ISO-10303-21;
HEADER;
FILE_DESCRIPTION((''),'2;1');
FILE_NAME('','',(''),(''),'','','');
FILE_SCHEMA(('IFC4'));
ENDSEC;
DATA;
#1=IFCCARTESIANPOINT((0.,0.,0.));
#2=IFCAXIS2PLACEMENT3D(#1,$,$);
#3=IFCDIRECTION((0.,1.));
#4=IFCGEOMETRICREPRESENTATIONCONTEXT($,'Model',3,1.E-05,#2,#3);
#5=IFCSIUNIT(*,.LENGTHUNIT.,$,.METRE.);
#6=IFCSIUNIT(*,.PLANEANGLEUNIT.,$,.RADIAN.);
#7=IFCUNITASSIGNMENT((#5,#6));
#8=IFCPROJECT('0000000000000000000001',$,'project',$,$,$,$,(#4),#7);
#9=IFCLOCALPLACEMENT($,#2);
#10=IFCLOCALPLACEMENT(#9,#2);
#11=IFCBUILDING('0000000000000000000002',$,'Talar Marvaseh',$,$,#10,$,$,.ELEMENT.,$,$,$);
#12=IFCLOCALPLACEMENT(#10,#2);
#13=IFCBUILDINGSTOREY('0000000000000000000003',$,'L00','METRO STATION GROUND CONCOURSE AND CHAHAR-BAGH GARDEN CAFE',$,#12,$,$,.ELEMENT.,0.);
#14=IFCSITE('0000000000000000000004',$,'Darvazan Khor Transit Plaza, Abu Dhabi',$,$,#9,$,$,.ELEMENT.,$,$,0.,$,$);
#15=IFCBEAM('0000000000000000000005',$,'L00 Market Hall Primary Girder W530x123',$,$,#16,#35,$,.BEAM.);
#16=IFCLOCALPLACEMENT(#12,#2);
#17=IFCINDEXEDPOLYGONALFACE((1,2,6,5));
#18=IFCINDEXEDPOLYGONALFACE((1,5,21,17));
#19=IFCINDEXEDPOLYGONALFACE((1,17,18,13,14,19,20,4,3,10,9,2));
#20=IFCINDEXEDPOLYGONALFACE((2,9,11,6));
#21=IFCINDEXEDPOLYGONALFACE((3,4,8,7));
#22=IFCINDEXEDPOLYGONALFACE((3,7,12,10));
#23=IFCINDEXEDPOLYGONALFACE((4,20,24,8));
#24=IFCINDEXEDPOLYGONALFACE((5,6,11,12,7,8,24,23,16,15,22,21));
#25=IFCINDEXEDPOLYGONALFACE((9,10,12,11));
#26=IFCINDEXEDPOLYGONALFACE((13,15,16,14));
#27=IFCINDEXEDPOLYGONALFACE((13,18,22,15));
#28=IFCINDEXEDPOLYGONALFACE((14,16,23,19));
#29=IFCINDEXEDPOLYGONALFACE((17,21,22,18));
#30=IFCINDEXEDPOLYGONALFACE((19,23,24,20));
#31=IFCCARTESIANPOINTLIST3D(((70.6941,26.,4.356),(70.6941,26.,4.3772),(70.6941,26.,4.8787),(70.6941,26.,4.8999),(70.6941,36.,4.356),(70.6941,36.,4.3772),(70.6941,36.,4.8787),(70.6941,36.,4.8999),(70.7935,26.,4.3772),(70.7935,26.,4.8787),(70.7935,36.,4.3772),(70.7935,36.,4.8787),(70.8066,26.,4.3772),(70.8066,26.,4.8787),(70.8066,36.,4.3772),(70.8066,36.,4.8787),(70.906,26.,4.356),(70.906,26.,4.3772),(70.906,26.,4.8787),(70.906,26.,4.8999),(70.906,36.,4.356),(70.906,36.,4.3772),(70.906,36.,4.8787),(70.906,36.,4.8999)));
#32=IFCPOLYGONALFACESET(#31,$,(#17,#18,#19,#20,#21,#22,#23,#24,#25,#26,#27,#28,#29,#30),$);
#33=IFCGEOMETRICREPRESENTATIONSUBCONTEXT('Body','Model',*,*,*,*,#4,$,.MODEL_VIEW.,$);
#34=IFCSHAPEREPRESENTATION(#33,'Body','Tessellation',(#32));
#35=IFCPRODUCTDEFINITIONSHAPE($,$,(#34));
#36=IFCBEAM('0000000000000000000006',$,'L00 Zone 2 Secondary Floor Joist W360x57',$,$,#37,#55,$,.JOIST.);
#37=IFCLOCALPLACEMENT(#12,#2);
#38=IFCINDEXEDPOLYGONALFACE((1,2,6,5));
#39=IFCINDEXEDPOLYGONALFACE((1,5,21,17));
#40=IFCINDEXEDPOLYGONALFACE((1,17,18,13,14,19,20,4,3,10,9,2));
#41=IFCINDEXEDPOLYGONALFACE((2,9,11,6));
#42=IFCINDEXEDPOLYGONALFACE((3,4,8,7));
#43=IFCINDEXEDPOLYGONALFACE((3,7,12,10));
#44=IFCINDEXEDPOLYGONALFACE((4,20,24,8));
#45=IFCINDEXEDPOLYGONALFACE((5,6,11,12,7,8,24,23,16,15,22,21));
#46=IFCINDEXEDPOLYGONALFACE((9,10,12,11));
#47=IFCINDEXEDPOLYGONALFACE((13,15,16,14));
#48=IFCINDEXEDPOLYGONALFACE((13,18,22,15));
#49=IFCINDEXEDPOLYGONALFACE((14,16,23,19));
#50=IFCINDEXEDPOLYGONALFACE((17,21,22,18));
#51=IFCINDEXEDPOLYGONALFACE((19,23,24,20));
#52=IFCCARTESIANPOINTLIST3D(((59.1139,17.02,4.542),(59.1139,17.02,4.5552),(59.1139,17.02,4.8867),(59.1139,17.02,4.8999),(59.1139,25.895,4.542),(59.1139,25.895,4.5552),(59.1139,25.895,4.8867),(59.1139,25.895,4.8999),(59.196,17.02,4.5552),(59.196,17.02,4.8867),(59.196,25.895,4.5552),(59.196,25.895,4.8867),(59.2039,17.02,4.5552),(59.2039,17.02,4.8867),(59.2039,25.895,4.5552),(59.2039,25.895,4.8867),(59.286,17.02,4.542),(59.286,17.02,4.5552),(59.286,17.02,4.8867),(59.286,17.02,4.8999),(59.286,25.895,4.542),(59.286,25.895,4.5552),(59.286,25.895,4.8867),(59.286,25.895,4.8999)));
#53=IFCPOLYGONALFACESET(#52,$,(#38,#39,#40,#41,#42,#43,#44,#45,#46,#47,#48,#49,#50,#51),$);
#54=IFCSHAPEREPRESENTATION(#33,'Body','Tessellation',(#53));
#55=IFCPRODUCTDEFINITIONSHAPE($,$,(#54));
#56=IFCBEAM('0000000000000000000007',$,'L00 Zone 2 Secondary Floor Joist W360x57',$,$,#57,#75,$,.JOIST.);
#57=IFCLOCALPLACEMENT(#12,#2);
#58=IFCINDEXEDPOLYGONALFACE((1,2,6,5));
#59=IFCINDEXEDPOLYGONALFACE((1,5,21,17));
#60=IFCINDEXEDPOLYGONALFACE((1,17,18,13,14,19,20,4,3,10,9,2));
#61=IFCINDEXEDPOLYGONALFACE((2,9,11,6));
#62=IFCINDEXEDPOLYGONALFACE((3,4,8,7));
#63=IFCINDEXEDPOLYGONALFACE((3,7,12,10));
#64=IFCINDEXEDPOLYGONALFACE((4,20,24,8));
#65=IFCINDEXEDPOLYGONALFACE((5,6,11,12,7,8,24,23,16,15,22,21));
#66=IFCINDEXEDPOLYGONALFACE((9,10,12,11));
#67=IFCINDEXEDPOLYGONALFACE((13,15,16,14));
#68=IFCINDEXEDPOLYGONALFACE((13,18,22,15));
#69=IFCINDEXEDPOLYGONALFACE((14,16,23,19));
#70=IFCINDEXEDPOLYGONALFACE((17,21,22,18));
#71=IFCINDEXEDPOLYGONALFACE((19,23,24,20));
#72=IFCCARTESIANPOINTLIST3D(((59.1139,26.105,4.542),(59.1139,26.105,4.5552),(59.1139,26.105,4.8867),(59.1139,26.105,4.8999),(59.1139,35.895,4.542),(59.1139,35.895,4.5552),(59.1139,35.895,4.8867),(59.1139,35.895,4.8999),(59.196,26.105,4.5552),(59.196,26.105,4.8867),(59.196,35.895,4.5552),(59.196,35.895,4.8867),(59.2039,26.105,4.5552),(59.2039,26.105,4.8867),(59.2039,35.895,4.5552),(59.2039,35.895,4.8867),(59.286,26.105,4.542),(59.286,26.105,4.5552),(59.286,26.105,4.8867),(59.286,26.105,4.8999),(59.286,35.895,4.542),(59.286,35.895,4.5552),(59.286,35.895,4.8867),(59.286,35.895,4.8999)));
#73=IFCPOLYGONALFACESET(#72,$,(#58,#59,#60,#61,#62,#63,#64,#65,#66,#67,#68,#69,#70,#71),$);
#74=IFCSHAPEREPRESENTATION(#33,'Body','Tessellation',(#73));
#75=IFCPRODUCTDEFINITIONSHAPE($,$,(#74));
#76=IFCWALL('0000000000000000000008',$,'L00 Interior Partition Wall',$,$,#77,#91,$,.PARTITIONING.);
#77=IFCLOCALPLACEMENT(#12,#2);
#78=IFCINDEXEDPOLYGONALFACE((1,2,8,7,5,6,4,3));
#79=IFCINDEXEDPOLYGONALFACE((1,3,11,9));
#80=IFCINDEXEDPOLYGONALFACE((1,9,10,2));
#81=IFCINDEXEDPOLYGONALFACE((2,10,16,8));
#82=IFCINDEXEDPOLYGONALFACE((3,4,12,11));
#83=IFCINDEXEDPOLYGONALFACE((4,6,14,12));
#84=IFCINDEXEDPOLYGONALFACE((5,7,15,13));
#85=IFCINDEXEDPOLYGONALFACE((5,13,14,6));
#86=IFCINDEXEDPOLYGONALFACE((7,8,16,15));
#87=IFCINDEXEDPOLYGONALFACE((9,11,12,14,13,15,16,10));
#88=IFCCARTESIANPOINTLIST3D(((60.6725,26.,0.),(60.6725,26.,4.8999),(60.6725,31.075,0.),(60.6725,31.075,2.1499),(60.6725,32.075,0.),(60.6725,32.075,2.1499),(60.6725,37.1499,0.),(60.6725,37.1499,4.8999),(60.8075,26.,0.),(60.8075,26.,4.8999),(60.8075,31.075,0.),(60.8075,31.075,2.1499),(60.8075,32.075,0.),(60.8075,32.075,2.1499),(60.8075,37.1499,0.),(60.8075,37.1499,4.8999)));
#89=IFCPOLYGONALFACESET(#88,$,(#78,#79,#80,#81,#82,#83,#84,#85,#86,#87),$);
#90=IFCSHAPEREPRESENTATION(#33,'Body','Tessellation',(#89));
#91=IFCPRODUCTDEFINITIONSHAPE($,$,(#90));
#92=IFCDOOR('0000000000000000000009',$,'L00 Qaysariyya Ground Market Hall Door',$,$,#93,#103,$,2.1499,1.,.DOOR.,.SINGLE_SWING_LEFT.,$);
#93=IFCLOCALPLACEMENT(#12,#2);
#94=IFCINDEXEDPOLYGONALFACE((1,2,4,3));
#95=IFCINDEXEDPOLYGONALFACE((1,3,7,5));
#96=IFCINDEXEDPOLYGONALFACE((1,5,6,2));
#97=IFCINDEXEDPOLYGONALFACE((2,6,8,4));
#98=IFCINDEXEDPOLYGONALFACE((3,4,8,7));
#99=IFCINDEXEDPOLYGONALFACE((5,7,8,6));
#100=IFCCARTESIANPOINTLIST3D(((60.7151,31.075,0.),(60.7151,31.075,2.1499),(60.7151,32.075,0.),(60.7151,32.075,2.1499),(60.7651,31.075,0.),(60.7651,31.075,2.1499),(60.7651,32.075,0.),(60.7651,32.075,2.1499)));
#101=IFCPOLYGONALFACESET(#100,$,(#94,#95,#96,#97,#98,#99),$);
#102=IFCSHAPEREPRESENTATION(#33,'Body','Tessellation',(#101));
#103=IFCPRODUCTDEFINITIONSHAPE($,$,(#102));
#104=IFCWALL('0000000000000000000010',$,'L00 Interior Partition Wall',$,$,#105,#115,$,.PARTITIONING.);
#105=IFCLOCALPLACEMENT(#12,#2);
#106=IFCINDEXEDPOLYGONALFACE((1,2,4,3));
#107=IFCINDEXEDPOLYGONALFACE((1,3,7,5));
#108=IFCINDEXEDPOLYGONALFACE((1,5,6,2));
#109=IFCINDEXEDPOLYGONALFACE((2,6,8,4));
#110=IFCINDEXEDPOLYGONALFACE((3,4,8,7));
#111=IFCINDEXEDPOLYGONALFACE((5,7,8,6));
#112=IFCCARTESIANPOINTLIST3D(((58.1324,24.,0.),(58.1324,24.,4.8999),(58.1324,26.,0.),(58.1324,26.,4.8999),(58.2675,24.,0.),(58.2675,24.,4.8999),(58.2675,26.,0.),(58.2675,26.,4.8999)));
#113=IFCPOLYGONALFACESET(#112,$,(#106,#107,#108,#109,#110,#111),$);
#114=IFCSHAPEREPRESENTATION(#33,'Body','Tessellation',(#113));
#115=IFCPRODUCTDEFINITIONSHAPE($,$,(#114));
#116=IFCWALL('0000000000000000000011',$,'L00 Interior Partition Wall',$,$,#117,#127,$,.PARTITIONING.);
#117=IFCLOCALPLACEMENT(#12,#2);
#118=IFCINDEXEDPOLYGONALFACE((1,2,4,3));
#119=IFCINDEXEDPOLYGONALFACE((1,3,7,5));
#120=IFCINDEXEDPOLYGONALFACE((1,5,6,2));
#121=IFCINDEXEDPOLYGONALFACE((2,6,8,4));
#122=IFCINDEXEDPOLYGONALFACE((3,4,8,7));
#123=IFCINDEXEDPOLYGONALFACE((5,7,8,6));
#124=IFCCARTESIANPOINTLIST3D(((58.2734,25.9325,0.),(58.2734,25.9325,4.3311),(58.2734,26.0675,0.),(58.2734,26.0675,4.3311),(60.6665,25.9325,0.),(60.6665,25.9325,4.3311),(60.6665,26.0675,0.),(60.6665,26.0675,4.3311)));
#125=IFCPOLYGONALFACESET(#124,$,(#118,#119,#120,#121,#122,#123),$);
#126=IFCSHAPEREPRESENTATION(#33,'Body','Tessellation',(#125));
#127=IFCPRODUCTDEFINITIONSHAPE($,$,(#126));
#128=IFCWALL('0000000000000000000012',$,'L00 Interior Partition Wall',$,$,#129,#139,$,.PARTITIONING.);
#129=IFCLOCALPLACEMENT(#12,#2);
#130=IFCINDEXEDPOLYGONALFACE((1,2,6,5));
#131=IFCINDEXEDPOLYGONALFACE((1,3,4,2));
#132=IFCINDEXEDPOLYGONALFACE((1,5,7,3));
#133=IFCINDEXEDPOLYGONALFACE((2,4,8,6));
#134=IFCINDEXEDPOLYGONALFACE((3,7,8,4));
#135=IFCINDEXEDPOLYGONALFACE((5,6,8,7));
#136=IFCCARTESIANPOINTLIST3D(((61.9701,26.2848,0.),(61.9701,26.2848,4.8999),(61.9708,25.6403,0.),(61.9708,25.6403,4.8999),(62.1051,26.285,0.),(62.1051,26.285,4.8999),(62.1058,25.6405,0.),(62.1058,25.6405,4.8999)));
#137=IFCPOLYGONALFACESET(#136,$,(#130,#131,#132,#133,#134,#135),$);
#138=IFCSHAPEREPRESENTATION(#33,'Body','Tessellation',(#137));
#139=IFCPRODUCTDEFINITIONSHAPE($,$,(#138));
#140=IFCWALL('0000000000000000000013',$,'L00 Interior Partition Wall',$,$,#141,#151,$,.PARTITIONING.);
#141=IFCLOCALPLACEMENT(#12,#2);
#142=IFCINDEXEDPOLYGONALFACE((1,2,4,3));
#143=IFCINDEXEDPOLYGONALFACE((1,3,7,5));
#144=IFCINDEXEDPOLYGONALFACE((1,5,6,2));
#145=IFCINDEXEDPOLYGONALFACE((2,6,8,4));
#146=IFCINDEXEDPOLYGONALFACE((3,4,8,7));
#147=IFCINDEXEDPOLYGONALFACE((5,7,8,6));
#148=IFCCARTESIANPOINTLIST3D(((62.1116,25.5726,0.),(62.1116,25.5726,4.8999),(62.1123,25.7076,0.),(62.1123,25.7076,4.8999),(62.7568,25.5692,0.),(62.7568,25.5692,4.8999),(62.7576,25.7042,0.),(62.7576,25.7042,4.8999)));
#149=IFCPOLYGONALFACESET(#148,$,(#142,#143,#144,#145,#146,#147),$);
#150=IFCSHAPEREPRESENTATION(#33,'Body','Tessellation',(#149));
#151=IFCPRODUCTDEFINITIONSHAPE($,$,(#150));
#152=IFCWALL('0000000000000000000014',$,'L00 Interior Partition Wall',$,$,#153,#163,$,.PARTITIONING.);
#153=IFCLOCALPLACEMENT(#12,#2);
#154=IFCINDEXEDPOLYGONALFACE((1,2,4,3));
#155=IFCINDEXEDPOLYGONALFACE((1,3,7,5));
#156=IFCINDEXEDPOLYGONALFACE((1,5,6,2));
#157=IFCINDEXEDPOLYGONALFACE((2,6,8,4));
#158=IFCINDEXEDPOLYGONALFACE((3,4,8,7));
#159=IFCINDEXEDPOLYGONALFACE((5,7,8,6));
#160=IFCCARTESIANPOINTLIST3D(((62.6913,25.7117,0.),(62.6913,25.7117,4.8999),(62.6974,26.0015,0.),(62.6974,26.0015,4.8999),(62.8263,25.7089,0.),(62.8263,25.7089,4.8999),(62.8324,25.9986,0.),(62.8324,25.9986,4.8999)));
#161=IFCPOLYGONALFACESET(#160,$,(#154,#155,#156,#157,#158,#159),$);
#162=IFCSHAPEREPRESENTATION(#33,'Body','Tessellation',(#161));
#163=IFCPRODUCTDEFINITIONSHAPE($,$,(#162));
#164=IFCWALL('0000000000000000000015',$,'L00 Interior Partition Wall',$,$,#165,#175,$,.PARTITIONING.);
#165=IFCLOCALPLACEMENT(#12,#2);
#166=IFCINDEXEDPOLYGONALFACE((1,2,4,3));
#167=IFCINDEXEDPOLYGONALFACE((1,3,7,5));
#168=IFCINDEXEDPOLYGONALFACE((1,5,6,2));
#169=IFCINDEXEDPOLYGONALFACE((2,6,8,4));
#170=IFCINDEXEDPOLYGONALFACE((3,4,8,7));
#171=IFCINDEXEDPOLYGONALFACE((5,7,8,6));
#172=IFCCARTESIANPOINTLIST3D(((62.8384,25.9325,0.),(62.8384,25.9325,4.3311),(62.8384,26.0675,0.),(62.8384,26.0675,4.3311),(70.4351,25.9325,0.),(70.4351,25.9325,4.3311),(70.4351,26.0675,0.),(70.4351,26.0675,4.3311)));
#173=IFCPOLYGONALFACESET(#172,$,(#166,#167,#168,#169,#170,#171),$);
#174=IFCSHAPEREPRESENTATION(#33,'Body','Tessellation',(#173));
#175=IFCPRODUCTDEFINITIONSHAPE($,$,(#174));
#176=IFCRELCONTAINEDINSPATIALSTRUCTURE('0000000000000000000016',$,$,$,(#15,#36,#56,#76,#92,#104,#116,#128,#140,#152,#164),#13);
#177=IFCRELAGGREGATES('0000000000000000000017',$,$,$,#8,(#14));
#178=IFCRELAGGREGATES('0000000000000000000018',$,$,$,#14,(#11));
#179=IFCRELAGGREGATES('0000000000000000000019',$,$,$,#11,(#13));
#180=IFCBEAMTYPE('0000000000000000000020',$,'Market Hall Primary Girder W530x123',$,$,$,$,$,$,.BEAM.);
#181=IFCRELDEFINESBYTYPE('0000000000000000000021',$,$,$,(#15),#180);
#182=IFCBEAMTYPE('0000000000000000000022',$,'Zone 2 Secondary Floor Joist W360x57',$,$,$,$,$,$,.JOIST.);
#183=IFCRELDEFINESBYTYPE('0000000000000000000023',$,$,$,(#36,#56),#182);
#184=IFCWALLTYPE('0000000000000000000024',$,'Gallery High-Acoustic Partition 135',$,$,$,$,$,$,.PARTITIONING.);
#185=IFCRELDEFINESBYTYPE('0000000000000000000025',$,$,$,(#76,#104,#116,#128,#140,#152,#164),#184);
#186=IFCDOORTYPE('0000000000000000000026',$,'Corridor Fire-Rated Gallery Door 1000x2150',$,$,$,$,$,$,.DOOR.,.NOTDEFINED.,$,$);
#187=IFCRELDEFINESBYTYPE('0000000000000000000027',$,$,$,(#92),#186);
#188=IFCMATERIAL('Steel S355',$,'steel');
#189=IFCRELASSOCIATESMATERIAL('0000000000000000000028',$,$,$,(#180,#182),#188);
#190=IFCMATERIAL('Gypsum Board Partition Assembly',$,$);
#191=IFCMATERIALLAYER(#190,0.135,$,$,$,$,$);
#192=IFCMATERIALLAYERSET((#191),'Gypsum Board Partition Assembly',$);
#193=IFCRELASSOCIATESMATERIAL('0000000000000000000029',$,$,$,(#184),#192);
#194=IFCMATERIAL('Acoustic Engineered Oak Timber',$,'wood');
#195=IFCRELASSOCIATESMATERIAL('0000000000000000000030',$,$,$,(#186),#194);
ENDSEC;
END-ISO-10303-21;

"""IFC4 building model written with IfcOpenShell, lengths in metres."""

from ifc_helpers import new_model, si_unit, direction, frame, frame_2d, origin, origin_2d, place, context, subcontext, project, spatial, rectangle, i_section, extrude, source, transform, mapped, material, layer, layer_set, material_profile, profile_set, type_object, type_shapes, element, fill, save


model = new_model("IFC4")

# Units and contexts
model_context = context("Model", 3, precision=1e-05, world=origin(), true_north=direction((0.0, 1.0)))
body_context = subcontext(model_context, "Body", "Model", "MODEL_VIEW")
ifc_project = project(units=[si_unit("LENGTHUNIT", "METRE"), si_unit("PLANEANGLEUNIT", "RADIAN")], contexts=[model_context])

# Site, building, storey
site_placement = place(None, origin())
site = spatial("IfcSite", under=ifc_project, at=site_placement, Name="Darvazan Khor Transit Plaza, Abu Dhabi", CompositionType="ELEMENT", RefElevation=0.0)
building_placement = place(site_placement, origin())
building = spatial("IfcBuilding", under=site, at=building_placement, Name="Talar Marvaseh", CompositionType="ELEMENT")
storey_placement = place(building_placement, origin())
storey = spatial("IfcBuildingStorey", under=building, at=storey_placement, Name="L00", Description="METRO STATION GROUND CONCOURSE AND CHAHAR-BAGH GARDEN CAFE", CompositionType="ELEMENT", Elevation=0.0)

# Beams
ifc_material_1 = material(Name="Steel S355", Category="steel")
ifc_material_profile_1 = material_profile(ifc_material_1, i_section(OverallWidth=0.2119, OverallDepth=0.5439, WebThickness=0.0132, FlangeThickness=0.0212, at=origin_2d()), Name="W530x123")
ifc_profile_set_1 = profile_set([ifc_material_profile_1], Name="Steel S355")
beam_type_1 = type_object("IfcBeamType", Name="Market Hall Primary Girder W530x123", PredefinedType="BEAM", material=ifc_profile_set_1)
beam_1_placement = place(storey_placement, frame((70.8, 26.0, 4.6279), z_axis=(0.0, 1.0, 0.0), x_axis=(-1.0, 0.0, 0.0)))
element("IfcBeam", 1, at=beam_1_placement, inside=storey, type_object=beam_type_1, Name="L00 Market Hall Primary Girder W530x123", PredefinedType="BEAM", context=body_context, shape_type="SweptSolid", body=[
    extrude(i_section(OverallWidth=0.2119, OverallDepth=0.5439, WebThickness=0.0132, FlangeThickness=0.0212, at=origin_2d()), origin(), (0.0, 0.0, 1.0), 10.0),
])
ifc_material_profile_2 = material_profile(ifc_material_1, i_section(OverallWidth=0.1721, OverallDepth=0.3579, WebThickness=0.0078, FlangeThickness=0.0132, at=origin_2d()), Name="W360x57")
ifc_profile_set_2 = profile_set([ifc_material_profile_2], Name="Steel S355")
beam_type_2 = type_object("IfcBeamType", Name="Zone 2 Secondary Floor Joist W360x57", PredefinedType="JOIST", material=ifc_profile_set_2)
beam_2_placement = place(storey_placement, frame((59.2, 17.02, 4.7209), z_axis=(0.0, 1.0, 0.0), x_axis=(-1.0, 0.0, 0.0)))
element("IfcBeam", 2, at=beam_2_placement, inside=storey, type_object=beam_type_2, Name="L00 Zone 2 Secondary Floor Joist W360x57", PredefinedType="JOIST", context=body_context, shape_type="SweptSolid", body=[
    extrude(i_section(OverallWidth=0.1721, OverallDepth=0.3579, WebThickness=0.0078, FlangeThickness=0.0132, at=origin_2d()), origin(), (0.0, 0.0, 1.0), 8.875),
])
beam_3_placement = place(storey_placement, frame((59.2, 26.105, 4.7209), z_axis=(0.0, 1.0, 0.0), x_axis=(-1.0, 0.0, 0.0)))
element("IfcBeam", 3, at=beam_3_placement, inside=storey, type_object=beam_type_2, Name="L00 Zone 2 Secondary Floor Joist W360x57", PredefinedType="JOIST", context=body_context, shape_type="SweptSolid", body=[
    extrude(i_section(OverallWidth=0.1721, OverallDepth=0.3579, WebThickness=0.0078, FlangeThickness=0.0132, at=origin_2d()), origin(), (0.0, 0.0, 1.0), 9.79),
])

# Wall, opening, door
ifc_material_2 = material(Name="Gypsum Board Partition Assembly")
ifc_layer_1 = layer(ifc_material_2, 0.135)
ifc_layer_set_1 = layer_set([ifc_layer_1], Name="Gypsum Board Partition Assembly")
wall_type = type_object("IfcWallType", Name="Gallery High-Acoustic Partition 135", PredefinedType="PARTITIONING", material=ifc_layer_set_1)
wall_1_placement = place(storey_placement, frame((60.74, 26.0, 0.0), z_axis=(0.0, 0.0, 1.0), x_axis=(0.0, 1.0, 0.0)))
wall_1 = element("IfcWall", 4, at=wall_1_placement, inside=storey, type_object=wall_type, Name="L00 Interior Partition Wall", PredefinedType="PARTITIONING", context=body_context, shape_type="SweptSolid", body=[
    extrude(rectangle(XDim=11.1499, YDim=0.135, at=frame_2d((5.575, 0.0))), origin(), (0.0, 0.0, 1.0), 4.8999),
])
opening_placement = place(wall_1_placement, frame((5.075, 0.0, 0.0)))
opening = element("IfcOpeningElement", 5, at=opening_placement, cuts=wall_1, PredefinedType="OPENING", context=body_context, shape_type="SweptSolid", body=[
    extrude(rectangle(XDim=1.0, YDim=2.1499, at=frame_2d((0.5, 1.075))), frame((0.0, 0.0776, 0.0), z_axis=(0.0, -1.0, 0.0), x_axis=(1.0, 0.0, 0.0)), (0.0, 0.0, 1.0), 0.155),
])
ifc_material_3 = material(Name="Acoustic Engineered Oak Timber", Category="wood")
door_type = type_object("IfcDoorType", Name="Corridor Fire-Rated Gallery Door 1000x2150", OperationType="NOTDEFINED", PredefinedType="DOOR", material=ifc_material_3)
shared_shape = source(origin(), body_context, "Body", "SweptSolid", [
    extrude(rectangle(XDim=1.0, YDim=2.1499, at=frame_2d((0.5, 1.075))), frame((0.0, 0.0249, 0.0), z_axis=(0.0, -1.0, 0.0), x_axis=(1.0, 0.0, 0.0)), (0.0, 0.0, 1.0), 0.05),
])
type_shapes(door_type, [shared_shape])
door_placement = place(opening_placement, origin())
door = element("IfcDoor", 6, at=door_placement, inside=storey, type_object=door_type, Name="L00 Qaysariyya Ground Market Hall Door", OperationType="SINGLE_SWING_LEFT", OverallHeight=2.1499, OverallWidth=1.0, PredefinedType="DOOR", context=body_context, shape_type="MappedRepresentation", body=[
    mapped(shared_shape, transform((0.0, 0.0, 0.0), x_axis=(1.0, 0.0, 0.0), y_axis=(0.0, 1.0, 0.0), z_axis=(0.0, 0.0, 1.0), scale=1.0)),
])
fill(opening, door)

# Walls
wall_2_placement = place(storey_placement, frame((58.2, 24.0, 0.0), z_axis=(0.0, 0.0, 1.0), x_axis=(0.0, 1.0, 0.0)))
element("IfcWall", 7, at=wall_2_placement, inside=storey, type_object=wall_type, Name="L00 Interior Partition Wall", PredefinedType="PARTITIONING", context=body_context, shape_type="SweptSolid", body=[
    extrude(rectangle(XDim=2.0, YDim=0.135, at=frame_2d((1.0, 0.0))), origin(), (0.0, 0.0, 1.0), 4.8999),
])
wall_3_placement = place(storey_placement, frame((58.2734, 26.0, 0.0), z_axis=(0.0, 0.0, 1.0), x_axis=(1.0, 0.0, 0.0)))
element("IfcWall", 8, at=wall_3_placement, inside=storey, type_object=wall_type, Name="L00 Interior Partition Wall", PredefinedType="PARTITIONING", context=body_context, shape_type="SweptSolid", body=[
    extrude(rectangle(XDim=2.3931, YDim=0.135, at=frame_2d((1.1965, 0.0))), origin(), (0.0, 0.0, 1.0), 4.3311),
])
wall_4_placement = place(storey_placement, frame((62.0376, 26.2849, 0.0), z_axis=(0.0, 0.0, 1.0), x_axis=(0.001136, -0.999999, 0.0)))
element("IfcWall", 9, at=wall_4_placement, inside=storey, type_object=wall_type, Name="L00 Interior Partition Wall", PredefinedType="PARTITIONING", context=body_context, shape_type="SweptSolid", body=[
    extrude(rectangle(XDim=0.6445, YDim=0.135, at=frame_2d((0.3223, 0.0))), origin(), (0.0, 0.0, 1.0), 4.8999),
])
wall_5_placement = place(storey_placement, frame((62.1118, 25.6401, 0.0), z_axis=(0.0, 0.0, 1.0), x_axis=(0.999986, -0.005297, 0.0)))
element("IfcWall", 10, at=wall_5_placement, inside=storey, type_object=wall_type, Name="L00 Interior Partition Wall", PredefinedType="PARTITIONING", context=body_context, shape_type="SweptSolid", body=[
    extrude(rectangle(XDim=0.6453, YDim=0.135, at=frame_2d((0.3228, 0.0))), origin(), (0.0, 0.0, 1.0), 4.8999),
])
wall_6_placement = place(storey_placement, frame((62.7588, 25.7102, 0.0), z_axis=(0.0, 0.0, 1.0), x_axis=(0.021057, 0.999778, 0.0)))
element("IfcWall", 11, at=wall_6_placement, inside=storey, type_object=wall_type, Name="L00 Interior Partition Wall", PredefinedType="PARTITIONING", context=body_context, shape_type="SweptSolid", body=[
    extrude(rectangle(XDim=0.2898, YDim=0.135, at=frame_2d((0.145, 0.0))), origin(), (0.0, 0.0, 1.0), 4.8999),
])
wall_7_placement = place(storey_placement, frame((62.8384, 26.0, 0.0), z_axis=(0.0, 0.0, 1.0), x_axis=(1.0, 0.0, 0.0)))
element("IfcWall", 12, at=wall_7_placement, inside=storey, type_object=wall_type, Name="L00 Interior Partition Wall", PredefinedType="PARTITIONING", context=body_context, shape_type="SweptSolid", body=[
    extrude(rectangle(XDim=7.5967, YDim=0.135, at=frame_2d((3.7983, 0.0))), origin(), (0.0, 0.0, 1.0), 4.3311),
])

save(model, "model.ifc")
